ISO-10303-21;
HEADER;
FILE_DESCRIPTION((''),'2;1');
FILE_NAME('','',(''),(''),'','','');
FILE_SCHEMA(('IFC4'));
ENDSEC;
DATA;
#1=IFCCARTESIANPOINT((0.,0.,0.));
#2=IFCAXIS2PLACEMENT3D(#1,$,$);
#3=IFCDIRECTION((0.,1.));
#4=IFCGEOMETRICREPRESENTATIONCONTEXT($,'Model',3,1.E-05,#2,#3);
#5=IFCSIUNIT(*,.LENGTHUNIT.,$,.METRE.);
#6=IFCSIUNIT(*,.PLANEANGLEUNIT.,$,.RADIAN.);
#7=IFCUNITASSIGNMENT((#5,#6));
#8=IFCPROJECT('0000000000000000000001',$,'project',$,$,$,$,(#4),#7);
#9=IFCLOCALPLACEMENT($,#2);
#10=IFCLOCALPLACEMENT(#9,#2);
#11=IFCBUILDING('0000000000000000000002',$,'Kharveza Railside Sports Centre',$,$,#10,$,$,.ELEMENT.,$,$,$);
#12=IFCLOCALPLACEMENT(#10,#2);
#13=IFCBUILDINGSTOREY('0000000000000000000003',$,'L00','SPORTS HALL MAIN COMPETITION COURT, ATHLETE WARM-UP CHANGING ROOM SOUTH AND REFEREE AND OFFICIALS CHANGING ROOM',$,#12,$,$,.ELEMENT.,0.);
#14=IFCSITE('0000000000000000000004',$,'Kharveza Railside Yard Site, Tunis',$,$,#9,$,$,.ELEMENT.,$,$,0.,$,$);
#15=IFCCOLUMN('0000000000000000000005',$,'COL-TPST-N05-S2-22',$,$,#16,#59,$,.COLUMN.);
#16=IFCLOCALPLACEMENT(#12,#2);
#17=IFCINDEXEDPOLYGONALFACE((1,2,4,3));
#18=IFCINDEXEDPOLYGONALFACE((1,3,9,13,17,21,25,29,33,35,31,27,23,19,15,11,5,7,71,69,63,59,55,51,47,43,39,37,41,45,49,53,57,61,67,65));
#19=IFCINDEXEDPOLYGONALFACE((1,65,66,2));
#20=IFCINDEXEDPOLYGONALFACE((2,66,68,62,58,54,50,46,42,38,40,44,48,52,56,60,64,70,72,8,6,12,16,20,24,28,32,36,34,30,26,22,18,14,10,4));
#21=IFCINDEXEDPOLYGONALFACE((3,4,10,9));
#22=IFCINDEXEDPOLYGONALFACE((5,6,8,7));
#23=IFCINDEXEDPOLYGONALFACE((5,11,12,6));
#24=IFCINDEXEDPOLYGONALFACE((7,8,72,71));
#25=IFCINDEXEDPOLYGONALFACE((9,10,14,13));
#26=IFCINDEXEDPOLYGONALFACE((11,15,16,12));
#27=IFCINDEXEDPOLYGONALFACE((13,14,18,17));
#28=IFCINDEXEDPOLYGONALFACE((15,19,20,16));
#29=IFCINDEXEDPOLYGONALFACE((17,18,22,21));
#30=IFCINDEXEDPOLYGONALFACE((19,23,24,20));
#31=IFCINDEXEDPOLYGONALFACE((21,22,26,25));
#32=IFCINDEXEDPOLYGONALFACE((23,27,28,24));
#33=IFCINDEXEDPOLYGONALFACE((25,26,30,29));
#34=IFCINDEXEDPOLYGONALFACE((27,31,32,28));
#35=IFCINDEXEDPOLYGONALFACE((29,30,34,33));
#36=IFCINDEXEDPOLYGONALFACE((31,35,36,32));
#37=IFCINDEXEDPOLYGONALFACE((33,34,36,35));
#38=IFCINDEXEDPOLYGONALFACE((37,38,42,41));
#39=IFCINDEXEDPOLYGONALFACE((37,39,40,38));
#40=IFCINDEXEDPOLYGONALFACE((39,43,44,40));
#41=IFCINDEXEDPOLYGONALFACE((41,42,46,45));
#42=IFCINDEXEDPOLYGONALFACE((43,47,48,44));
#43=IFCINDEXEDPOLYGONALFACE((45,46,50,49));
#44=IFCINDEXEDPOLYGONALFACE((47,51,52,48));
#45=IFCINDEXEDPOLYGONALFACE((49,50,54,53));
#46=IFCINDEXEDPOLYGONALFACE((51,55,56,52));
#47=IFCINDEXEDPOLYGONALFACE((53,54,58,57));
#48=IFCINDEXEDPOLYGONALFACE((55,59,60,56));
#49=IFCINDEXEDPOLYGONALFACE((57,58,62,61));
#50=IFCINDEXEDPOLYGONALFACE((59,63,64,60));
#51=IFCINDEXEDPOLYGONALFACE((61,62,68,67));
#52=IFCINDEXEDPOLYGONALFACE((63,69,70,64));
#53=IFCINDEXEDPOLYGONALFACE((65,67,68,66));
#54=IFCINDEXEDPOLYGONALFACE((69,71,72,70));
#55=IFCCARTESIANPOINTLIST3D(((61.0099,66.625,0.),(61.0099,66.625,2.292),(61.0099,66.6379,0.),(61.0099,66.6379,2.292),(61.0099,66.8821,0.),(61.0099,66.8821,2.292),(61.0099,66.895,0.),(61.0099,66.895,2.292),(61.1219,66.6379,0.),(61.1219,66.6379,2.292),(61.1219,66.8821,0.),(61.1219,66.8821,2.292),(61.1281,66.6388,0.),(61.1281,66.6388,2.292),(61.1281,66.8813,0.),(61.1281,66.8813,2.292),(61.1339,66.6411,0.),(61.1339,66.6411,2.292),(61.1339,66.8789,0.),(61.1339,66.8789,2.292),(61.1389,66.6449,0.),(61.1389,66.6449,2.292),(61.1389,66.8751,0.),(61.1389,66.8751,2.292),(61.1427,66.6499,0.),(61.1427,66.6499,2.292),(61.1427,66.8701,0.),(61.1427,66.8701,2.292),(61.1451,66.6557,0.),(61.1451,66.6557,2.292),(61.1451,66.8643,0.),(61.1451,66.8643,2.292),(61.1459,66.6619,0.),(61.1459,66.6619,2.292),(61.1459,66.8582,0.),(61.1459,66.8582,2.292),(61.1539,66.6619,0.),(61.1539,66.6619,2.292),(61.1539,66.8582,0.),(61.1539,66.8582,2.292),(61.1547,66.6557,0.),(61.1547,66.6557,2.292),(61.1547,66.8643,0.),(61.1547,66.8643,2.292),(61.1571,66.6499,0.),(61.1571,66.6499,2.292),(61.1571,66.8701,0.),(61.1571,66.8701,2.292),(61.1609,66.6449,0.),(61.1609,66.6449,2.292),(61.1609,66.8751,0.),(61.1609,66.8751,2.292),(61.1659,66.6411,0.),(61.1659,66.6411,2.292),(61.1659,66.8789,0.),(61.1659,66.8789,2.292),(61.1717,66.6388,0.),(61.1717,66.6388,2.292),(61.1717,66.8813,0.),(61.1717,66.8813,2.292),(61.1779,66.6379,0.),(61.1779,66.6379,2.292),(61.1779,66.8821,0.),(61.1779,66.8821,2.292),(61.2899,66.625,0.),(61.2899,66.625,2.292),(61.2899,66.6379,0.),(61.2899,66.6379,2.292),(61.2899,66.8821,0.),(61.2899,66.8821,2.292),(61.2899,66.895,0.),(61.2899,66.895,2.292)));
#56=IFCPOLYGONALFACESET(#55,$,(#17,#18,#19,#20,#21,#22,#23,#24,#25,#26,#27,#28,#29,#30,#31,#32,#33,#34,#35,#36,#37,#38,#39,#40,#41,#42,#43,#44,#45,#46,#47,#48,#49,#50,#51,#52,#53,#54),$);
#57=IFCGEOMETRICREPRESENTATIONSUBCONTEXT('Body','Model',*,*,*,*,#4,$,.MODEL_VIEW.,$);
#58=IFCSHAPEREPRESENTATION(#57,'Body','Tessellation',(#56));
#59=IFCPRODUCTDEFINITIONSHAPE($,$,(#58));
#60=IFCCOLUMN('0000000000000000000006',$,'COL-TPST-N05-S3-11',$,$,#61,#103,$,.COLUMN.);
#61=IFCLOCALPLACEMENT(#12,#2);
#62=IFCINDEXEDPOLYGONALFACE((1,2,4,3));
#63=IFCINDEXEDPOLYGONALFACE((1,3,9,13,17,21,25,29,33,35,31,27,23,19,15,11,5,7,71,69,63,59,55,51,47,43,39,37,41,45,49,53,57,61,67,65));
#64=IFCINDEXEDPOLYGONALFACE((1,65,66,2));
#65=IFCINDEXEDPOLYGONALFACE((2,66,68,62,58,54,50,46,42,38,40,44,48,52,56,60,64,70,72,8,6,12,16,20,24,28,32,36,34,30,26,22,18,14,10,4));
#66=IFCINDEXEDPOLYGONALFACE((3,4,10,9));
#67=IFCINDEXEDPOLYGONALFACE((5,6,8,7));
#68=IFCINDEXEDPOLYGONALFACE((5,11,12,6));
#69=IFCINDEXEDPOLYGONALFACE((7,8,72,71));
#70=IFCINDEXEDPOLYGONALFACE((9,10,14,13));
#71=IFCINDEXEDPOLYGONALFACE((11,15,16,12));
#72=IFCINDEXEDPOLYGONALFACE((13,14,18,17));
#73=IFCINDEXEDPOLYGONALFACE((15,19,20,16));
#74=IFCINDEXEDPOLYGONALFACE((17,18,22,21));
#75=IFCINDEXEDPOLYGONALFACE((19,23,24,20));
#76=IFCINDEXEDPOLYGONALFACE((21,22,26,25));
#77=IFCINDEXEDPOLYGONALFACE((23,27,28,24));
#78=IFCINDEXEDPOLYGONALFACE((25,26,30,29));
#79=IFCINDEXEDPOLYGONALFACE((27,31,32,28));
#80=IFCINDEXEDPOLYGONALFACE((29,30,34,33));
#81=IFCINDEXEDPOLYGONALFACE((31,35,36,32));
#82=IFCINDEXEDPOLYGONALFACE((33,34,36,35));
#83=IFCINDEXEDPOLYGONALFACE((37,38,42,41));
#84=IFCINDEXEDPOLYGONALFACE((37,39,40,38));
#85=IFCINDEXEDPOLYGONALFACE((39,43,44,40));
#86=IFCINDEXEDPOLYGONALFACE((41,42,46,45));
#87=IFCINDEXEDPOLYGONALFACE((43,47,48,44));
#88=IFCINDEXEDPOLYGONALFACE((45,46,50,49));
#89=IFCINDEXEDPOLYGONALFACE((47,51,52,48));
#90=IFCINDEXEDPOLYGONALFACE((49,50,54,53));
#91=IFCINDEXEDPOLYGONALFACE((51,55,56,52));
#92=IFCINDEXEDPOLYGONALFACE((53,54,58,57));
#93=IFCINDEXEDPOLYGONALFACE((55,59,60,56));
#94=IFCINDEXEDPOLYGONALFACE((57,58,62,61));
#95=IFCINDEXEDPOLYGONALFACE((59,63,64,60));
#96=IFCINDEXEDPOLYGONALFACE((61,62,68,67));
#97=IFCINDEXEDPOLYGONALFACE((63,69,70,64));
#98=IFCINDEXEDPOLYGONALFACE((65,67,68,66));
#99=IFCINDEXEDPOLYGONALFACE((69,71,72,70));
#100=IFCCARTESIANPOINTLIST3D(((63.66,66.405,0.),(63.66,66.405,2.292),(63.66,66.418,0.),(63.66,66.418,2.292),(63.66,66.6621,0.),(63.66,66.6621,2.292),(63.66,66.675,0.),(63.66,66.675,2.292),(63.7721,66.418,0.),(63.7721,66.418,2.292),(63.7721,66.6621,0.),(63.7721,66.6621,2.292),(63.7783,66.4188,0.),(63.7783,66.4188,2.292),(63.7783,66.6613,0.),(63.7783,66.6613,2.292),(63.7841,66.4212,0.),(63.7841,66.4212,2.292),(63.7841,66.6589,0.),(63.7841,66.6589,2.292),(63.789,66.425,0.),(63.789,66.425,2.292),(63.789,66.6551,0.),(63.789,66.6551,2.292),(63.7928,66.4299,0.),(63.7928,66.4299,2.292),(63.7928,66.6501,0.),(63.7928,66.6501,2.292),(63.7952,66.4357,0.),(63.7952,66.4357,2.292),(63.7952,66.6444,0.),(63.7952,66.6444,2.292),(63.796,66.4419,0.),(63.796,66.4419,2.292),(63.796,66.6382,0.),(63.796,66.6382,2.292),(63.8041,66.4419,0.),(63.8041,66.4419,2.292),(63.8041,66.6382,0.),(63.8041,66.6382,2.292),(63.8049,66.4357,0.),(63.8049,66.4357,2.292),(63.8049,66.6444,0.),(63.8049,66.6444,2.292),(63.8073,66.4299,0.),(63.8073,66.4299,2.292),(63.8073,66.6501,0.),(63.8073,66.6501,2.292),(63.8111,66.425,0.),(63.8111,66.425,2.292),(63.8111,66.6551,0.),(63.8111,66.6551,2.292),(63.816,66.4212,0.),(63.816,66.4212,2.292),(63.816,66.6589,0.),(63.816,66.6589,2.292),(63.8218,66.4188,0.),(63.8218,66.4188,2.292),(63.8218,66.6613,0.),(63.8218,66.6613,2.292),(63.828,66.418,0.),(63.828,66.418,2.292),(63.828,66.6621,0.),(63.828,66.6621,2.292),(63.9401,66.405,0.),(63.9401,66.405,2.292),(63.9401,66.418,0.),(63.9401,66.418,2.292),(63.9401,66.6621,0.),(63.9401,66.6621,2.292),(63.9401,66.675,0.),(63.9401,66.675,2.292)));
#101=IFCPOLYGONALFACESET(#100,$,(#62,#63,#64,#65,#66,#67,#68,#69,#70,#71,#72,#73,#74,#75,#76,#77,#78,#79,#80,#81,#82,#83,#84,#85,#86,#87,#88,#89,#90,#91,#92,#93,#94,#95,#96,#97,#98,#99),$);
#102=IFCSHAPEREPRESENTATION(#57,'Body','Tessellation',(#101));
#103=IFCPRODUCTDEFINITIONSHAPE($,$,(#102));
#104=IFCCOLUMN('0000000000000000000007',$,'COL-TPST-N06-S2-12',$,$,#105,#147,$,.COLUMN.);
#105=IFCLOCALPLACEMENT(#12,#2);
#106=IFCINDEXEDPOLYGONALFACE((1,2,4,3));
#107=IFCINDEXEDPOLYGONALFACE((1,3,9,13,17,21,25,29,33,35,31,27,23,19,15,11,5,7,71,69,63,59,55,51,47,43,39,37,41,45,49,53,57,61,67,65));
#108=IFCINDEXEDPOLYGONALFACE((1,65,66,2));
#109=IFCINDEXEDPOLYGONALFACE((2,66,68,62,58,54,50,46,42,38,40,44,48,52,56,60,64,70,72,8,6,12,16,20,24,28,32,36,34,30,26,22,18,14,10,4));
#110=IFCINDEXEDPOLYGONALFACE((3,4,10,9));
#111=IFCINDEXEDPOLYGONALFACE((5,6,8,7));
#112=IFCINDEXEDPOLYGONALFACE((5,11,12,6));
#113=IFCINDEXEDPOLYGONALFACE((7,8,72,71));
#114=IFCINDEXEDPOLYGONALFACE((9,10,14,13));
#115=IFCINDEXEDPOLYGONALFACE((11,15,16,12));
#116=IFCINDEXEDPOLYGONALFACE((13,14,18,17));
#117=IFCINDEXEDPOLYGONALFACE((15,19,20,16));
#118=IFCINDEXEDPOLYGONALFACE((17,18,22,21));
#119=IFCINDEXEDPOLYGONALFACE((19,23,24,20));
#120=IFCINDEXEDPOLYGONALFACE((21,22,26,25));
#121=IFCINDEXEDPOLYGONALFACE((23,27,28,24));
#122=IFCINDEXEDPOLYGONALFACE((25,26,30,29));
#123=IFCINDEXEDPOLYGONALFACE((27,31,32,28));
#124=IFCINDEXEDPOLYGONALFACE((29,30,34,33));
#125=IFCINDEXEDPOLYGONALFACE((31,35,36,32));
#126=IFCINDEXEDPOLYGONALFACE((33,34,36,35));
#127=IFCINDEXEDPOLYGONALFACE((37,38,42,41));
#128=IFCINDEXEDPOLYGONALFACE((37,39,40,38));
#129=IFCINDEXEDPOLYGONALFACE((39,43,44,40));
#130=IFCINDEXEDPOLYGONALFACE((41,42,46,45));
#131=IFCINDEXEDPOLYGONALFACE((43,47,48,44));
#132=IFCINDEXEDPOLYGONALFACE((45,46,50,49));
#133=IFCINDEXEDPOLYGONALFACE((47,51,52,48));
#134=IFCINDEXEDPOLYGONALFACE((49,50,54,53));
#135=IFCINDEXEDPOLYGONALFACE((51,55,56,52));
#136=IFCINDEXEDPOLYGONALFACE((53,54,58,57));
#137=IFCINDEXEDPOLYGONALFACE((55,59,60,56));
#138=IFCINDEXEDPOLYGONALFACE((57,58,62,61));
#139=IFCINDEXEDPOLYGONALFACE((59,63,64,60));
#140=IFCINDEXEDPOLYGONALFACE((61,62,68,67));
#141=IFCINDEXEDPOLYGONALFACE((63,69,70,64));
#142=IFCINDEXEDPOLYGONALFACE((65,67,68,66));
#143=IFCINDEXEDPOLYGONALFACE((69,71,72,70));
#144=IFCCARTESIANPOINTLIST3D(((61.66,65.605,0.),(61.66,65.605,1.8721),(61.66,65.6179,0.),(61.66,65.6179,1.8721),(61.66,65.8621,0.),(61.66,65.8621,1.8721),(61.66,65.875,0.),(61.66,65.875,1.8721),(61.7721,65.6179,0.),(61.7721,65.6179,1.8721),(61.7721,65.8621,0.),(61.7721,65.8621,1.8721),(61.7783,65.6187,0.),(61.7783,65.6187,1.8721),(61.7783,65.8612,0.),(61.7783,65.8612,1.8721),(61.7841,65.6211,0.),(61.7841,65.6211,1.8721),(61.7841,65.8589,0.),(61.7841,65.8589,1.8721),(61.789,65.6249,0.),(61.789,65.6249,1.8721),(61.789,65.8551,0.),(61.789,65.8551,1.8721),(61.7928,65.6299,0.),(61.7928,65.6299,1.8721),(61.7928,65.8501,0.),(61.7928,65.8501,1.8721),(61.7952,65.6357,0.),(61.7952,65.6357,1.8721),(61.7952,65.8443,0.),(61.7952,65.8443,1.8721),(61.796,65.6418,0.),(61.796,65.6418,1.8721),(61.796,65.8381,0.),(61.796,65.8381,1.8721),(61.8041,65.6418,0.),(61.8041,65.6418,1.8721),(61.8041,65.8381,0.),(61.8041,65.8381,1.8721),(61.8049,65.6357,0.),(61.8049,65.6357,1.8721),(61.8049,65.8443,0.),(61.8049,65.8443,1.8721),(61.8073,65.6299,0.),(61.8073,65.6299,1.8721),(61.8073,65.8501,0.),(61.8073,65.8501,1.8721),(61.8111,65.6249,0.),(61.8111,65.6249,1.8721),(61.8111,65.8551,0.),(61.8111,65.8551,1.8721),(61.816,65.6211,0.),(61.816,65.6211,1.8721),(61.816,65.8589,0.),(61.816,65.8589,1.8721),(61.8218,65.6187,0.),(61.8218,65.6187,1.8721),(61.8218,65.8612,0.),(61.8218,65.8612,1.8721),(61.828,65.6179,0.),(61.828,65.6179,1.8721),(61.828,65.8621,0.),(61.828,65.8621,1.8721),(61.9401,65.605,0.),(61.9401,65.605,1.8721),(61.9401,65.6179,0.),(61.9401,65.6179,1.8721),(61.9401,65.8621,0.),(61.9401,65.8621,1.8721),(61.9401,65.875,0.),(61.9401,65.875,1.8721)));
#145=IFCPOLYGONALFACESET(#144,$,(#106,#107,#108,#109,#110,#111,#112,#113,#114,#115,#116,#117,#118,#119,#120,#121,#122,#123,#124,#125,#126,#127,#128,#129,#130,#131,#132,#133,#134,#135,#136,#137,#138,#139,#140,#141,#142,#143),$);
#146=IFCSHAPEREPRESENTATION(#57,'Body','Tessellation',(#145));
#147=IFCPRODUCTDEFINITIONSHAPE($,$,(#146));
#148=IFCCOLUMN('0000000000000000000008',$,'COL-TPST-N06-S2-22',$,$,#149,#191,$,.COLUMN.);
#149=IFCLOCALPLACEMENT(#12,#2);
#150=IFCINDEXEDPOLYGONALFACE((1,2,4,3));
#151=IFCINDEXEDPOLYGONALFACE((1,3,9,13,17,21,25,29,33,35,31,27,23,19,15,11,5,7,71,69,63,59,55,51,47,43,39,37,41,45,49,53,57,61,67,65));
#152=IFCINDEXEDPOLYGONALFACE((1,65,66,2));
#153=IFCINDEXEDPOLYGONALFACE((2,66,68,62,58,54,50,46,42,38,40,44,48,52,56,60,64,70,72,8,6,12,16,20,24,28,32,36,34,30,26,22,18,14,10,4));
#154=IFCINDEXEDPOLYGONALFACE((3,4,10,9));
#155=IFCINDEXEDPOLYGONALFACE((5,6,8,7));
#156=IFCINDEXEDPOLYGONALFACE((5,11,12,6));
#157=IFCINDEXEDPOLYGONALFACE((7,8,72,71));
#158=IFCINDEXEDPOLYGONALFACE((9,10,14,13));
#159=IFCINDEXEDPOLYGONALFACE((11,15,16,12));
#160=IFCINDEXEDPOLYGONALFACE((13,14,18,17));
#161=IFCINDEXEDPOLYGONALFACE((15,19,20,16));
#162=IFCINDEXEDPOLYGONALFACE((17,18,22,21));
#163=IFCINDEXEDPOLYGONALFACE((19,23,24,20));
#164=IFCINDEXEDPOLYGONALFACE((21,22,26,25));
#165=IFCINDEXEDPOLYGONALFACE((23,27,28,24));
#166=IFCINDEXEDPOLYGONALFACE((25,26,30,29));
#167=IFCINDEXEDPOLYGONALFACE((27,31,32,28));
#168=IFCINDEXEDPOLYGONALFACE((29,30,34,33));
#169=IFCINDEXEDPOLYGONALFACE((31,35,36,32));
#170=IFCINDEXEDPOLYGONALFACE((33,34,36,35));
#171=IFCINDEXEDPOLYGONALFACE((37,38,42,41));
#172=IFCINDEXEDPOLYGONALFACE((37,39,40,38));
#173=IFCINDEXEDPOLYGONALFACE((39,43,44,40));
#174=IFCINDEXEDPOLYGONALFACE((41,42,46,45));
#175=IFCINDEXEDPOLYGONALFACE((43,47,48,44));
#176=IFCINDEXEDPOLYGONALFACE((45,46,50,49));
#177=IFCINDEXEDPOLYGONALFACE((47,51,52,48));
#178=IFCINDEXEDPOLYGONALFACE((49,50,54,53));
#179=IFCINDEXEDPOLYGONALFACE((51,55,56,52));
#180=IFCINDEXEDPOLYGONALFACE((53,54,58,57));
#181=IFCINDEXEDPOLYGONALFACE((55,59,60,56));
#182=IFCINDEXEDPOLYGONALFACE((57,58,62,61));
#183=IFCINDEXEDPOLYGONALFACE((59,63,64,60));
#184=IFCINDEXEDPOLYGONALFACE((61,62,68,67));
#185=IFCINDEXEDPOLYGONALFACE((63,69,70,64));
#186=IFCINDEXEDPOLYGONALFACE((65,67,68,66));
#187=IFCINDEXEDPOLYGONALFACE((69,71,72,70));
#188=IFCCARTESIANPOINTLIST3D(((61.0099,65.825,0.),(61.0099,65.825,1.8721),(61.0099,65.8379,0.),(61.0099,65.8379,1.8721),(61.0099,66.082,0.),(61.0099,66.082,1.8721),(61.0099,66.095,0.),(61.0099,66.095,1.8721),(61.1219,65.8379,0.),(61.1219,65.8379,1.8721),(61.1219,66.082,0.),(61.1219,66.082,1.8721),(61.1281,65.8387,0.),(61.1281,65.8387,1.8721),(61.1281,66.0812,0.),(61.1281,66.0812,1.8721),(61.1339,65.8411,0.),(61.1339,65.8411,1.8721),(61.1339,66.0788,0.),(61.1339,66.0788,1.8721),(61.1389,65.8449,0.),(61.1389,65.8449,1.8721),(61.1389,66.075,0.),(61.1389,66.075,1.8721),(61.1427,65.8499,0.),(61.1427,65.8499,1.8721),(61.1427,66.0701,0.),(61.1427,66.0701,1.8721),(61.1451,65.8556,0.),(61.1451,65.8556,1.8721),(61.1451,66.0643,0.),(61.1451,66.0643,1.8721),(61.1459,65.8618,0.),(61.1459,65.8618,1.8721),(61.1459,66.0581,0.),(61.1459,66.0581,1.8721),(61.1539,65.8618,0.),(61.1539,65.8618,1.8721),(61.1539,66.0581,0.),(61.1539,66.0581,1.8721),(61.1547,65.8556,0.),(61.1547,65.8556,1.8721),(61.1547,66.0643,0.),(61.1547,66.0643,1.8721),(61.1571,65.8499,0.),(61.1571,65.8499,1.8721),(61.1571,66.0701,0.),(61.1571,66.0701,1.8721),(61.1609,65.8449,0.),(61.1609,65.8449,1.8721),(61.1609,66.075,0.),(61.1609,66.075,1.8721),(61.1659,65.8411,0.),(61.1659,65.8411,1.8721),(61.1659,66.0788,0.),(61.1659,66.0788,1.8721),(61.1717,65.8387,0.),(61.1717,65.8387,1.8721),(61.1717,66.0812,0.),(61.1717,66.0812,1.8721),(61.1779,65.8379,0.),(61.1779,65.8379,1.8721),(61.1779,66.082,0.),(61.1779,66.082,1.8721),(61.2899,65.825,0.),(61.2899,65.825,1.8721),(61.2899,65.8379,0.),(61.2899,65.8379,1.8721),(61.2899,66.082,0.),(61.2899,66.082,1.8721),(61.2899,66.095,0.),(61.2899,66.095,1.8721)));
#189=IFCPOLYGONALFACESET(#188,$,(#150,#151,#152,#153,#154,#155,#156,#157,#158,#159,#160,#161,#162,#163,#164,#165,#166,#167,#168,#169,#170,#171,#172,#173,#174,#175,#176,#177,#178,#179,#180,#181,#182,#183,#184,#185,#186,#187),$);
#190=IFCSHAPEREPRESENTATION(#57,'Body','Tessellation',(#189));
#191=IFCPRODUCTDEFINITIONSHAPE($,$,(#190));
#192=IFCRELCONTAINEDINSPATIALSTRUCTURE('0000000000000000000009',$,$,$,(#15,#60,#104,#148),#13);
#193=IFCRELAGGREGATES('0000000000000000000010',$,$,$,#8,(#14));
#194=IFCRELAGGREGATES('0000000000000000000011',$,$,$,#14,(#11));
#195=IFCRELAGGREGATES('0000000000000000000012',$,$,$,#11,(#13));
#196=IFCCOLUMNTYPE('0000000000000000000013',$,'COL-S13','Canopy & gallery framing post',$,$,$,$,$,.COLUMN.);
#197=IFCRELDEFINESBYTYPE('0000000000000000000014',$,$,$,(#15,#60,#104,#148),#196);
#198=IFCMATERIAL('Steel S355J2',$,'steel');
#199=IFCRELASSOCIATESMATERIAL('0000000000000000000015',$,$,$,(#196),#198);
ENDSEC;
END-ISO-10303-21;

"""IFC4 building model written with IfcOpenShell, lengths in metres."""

from ifc_helpers import new_model, si_unit, direction, frame, origin, origin_2d, place, context, subcontext, project, spatial, i_section, extrude, material, material_profile, profile_set, type_object, element, save


model = new_model("IFC4")

# Units and contexts
model_context = context("Model", 3, precision=1e-05, world=origin(), true_north=direction((0.0, 1.0)))
body_context = subcontext(model_context, "Body", "Model", "MODEL_VIEW")
ifc_project = project(units=[si_unit("LENGTHUNIT", "METRE"), si_unit("PLANEANGLEUNIT", "RADIAN")], contexts=[model_context])

# Site, building, storey
site_placement = place(None, origin())
site = spatial("IfcSite", under=ifc_project, at=site_placement, Name="Kharveza Railside Yard Site, Tunis", CompositionType="ELEMENT", RefElevation=0.0)
building_placement = place(site_placement, origin())
building = spatial("IfcBuilding", under=site, at=building_placement, Name="Kharveza Railside Sports Centre", CompositionType="ELEMENT")
storey_placement = place(building_placement, origin())
storey = spatial("IfcBuildingStorey", under=building, at=storey_placement, Name="L00", Description="SPORTS HALL MAIN COMPETITION COURT, ATHLETE WARM-UP CHANGING ROOM SOUTH AND REFEREE AND OFFICIALS CHANGING ROOM", CompositionType="ELEMENT", Elevation=0.0)

# Columns
ifc_material_1 = material(Name="Steel S355J2", Category="steel")
ifc_material_profile_1 = material_profile(ifc_material_1, i_section(OverallWidth=0.28, OverallDepth=0.27, WebThickness=0.0081, FlangeThickness=0.0129, FilletRadius=0.0239, at=origin_2d()), Name="HEA 280")
ifc_profile_set_1 = profile_set([ifc_material_profile_1], Name="Steel S355J2")
column_type_1 = type_object("IfcColumnType", Name="COL-S13", Description="Canopy & gallery framing post", PredefinedType="COLUMN", material=ifc_profile_set_1)
for number, where, z_axis, x_axis, name in (
    (1, (61.1499, 66.76, 0.0), (0.0, 0.0, 1.0), (1.0, 0.0, 0.0), "COL-TPST-N05-S2-22"),
    (2, (63.8, 66.54, 0.0), (0.0, 0.0, 1.0), (1.0, 0.0, 0.0), "COL-TPST-N05-S3-11"),
):
    element("IfcColumn", number, at=place(storey_placement, frame(where, z_axis=z_axis, x_axis=x_axis)), inside=storey, type_object=column_type_1, Name=name, PredefinedType="COLUMN", context=body_context, shape_type="SweptSolid", body=[
        extrude(i_section(OverallWidth=0.28, OverallDepth=0.27, WebThickness=0.0081, FlangeThickness=0.0129, FilletRadius=0.0239, at=origin_2d()), origin(), (0.0, 0.0, 1.0), 2.292),
    ])
for number, where, z_axis, x_axis, name in (
    (3, (61.8, 65.74, 0.0), (0.0, 0.0, 1.0), (1.0, 0.0, 0.0), "COL-TPST-N06-S2-12"),
    (4, (61.1499, 65.96, 0.0), (0.0, 0.0, 1.0), (1.0, 0.0, 0.0), "COL-TPST-N06-S2-22"),
):
    element("IfcColumn", number, at=place(storey_placement, frame(where, z_axis=z_axis, x_axis=x_axis)), inside=storey, type_object=column_type_1, Name=name, PredefinedType="COLUMN", context=body_context, shape_type="SweptSolid", body=[
        extrude(i_section(OverallWidth=0.28, OverallDepth=0.27, WebThickness=0.0081, FlangeThickness=0.0129, FilletRadius=0.0239, at=origin_2d()), origin(), (0.0, 0.0, 1.0), 1.8721),
    ])

save(model, "model.ifc")
